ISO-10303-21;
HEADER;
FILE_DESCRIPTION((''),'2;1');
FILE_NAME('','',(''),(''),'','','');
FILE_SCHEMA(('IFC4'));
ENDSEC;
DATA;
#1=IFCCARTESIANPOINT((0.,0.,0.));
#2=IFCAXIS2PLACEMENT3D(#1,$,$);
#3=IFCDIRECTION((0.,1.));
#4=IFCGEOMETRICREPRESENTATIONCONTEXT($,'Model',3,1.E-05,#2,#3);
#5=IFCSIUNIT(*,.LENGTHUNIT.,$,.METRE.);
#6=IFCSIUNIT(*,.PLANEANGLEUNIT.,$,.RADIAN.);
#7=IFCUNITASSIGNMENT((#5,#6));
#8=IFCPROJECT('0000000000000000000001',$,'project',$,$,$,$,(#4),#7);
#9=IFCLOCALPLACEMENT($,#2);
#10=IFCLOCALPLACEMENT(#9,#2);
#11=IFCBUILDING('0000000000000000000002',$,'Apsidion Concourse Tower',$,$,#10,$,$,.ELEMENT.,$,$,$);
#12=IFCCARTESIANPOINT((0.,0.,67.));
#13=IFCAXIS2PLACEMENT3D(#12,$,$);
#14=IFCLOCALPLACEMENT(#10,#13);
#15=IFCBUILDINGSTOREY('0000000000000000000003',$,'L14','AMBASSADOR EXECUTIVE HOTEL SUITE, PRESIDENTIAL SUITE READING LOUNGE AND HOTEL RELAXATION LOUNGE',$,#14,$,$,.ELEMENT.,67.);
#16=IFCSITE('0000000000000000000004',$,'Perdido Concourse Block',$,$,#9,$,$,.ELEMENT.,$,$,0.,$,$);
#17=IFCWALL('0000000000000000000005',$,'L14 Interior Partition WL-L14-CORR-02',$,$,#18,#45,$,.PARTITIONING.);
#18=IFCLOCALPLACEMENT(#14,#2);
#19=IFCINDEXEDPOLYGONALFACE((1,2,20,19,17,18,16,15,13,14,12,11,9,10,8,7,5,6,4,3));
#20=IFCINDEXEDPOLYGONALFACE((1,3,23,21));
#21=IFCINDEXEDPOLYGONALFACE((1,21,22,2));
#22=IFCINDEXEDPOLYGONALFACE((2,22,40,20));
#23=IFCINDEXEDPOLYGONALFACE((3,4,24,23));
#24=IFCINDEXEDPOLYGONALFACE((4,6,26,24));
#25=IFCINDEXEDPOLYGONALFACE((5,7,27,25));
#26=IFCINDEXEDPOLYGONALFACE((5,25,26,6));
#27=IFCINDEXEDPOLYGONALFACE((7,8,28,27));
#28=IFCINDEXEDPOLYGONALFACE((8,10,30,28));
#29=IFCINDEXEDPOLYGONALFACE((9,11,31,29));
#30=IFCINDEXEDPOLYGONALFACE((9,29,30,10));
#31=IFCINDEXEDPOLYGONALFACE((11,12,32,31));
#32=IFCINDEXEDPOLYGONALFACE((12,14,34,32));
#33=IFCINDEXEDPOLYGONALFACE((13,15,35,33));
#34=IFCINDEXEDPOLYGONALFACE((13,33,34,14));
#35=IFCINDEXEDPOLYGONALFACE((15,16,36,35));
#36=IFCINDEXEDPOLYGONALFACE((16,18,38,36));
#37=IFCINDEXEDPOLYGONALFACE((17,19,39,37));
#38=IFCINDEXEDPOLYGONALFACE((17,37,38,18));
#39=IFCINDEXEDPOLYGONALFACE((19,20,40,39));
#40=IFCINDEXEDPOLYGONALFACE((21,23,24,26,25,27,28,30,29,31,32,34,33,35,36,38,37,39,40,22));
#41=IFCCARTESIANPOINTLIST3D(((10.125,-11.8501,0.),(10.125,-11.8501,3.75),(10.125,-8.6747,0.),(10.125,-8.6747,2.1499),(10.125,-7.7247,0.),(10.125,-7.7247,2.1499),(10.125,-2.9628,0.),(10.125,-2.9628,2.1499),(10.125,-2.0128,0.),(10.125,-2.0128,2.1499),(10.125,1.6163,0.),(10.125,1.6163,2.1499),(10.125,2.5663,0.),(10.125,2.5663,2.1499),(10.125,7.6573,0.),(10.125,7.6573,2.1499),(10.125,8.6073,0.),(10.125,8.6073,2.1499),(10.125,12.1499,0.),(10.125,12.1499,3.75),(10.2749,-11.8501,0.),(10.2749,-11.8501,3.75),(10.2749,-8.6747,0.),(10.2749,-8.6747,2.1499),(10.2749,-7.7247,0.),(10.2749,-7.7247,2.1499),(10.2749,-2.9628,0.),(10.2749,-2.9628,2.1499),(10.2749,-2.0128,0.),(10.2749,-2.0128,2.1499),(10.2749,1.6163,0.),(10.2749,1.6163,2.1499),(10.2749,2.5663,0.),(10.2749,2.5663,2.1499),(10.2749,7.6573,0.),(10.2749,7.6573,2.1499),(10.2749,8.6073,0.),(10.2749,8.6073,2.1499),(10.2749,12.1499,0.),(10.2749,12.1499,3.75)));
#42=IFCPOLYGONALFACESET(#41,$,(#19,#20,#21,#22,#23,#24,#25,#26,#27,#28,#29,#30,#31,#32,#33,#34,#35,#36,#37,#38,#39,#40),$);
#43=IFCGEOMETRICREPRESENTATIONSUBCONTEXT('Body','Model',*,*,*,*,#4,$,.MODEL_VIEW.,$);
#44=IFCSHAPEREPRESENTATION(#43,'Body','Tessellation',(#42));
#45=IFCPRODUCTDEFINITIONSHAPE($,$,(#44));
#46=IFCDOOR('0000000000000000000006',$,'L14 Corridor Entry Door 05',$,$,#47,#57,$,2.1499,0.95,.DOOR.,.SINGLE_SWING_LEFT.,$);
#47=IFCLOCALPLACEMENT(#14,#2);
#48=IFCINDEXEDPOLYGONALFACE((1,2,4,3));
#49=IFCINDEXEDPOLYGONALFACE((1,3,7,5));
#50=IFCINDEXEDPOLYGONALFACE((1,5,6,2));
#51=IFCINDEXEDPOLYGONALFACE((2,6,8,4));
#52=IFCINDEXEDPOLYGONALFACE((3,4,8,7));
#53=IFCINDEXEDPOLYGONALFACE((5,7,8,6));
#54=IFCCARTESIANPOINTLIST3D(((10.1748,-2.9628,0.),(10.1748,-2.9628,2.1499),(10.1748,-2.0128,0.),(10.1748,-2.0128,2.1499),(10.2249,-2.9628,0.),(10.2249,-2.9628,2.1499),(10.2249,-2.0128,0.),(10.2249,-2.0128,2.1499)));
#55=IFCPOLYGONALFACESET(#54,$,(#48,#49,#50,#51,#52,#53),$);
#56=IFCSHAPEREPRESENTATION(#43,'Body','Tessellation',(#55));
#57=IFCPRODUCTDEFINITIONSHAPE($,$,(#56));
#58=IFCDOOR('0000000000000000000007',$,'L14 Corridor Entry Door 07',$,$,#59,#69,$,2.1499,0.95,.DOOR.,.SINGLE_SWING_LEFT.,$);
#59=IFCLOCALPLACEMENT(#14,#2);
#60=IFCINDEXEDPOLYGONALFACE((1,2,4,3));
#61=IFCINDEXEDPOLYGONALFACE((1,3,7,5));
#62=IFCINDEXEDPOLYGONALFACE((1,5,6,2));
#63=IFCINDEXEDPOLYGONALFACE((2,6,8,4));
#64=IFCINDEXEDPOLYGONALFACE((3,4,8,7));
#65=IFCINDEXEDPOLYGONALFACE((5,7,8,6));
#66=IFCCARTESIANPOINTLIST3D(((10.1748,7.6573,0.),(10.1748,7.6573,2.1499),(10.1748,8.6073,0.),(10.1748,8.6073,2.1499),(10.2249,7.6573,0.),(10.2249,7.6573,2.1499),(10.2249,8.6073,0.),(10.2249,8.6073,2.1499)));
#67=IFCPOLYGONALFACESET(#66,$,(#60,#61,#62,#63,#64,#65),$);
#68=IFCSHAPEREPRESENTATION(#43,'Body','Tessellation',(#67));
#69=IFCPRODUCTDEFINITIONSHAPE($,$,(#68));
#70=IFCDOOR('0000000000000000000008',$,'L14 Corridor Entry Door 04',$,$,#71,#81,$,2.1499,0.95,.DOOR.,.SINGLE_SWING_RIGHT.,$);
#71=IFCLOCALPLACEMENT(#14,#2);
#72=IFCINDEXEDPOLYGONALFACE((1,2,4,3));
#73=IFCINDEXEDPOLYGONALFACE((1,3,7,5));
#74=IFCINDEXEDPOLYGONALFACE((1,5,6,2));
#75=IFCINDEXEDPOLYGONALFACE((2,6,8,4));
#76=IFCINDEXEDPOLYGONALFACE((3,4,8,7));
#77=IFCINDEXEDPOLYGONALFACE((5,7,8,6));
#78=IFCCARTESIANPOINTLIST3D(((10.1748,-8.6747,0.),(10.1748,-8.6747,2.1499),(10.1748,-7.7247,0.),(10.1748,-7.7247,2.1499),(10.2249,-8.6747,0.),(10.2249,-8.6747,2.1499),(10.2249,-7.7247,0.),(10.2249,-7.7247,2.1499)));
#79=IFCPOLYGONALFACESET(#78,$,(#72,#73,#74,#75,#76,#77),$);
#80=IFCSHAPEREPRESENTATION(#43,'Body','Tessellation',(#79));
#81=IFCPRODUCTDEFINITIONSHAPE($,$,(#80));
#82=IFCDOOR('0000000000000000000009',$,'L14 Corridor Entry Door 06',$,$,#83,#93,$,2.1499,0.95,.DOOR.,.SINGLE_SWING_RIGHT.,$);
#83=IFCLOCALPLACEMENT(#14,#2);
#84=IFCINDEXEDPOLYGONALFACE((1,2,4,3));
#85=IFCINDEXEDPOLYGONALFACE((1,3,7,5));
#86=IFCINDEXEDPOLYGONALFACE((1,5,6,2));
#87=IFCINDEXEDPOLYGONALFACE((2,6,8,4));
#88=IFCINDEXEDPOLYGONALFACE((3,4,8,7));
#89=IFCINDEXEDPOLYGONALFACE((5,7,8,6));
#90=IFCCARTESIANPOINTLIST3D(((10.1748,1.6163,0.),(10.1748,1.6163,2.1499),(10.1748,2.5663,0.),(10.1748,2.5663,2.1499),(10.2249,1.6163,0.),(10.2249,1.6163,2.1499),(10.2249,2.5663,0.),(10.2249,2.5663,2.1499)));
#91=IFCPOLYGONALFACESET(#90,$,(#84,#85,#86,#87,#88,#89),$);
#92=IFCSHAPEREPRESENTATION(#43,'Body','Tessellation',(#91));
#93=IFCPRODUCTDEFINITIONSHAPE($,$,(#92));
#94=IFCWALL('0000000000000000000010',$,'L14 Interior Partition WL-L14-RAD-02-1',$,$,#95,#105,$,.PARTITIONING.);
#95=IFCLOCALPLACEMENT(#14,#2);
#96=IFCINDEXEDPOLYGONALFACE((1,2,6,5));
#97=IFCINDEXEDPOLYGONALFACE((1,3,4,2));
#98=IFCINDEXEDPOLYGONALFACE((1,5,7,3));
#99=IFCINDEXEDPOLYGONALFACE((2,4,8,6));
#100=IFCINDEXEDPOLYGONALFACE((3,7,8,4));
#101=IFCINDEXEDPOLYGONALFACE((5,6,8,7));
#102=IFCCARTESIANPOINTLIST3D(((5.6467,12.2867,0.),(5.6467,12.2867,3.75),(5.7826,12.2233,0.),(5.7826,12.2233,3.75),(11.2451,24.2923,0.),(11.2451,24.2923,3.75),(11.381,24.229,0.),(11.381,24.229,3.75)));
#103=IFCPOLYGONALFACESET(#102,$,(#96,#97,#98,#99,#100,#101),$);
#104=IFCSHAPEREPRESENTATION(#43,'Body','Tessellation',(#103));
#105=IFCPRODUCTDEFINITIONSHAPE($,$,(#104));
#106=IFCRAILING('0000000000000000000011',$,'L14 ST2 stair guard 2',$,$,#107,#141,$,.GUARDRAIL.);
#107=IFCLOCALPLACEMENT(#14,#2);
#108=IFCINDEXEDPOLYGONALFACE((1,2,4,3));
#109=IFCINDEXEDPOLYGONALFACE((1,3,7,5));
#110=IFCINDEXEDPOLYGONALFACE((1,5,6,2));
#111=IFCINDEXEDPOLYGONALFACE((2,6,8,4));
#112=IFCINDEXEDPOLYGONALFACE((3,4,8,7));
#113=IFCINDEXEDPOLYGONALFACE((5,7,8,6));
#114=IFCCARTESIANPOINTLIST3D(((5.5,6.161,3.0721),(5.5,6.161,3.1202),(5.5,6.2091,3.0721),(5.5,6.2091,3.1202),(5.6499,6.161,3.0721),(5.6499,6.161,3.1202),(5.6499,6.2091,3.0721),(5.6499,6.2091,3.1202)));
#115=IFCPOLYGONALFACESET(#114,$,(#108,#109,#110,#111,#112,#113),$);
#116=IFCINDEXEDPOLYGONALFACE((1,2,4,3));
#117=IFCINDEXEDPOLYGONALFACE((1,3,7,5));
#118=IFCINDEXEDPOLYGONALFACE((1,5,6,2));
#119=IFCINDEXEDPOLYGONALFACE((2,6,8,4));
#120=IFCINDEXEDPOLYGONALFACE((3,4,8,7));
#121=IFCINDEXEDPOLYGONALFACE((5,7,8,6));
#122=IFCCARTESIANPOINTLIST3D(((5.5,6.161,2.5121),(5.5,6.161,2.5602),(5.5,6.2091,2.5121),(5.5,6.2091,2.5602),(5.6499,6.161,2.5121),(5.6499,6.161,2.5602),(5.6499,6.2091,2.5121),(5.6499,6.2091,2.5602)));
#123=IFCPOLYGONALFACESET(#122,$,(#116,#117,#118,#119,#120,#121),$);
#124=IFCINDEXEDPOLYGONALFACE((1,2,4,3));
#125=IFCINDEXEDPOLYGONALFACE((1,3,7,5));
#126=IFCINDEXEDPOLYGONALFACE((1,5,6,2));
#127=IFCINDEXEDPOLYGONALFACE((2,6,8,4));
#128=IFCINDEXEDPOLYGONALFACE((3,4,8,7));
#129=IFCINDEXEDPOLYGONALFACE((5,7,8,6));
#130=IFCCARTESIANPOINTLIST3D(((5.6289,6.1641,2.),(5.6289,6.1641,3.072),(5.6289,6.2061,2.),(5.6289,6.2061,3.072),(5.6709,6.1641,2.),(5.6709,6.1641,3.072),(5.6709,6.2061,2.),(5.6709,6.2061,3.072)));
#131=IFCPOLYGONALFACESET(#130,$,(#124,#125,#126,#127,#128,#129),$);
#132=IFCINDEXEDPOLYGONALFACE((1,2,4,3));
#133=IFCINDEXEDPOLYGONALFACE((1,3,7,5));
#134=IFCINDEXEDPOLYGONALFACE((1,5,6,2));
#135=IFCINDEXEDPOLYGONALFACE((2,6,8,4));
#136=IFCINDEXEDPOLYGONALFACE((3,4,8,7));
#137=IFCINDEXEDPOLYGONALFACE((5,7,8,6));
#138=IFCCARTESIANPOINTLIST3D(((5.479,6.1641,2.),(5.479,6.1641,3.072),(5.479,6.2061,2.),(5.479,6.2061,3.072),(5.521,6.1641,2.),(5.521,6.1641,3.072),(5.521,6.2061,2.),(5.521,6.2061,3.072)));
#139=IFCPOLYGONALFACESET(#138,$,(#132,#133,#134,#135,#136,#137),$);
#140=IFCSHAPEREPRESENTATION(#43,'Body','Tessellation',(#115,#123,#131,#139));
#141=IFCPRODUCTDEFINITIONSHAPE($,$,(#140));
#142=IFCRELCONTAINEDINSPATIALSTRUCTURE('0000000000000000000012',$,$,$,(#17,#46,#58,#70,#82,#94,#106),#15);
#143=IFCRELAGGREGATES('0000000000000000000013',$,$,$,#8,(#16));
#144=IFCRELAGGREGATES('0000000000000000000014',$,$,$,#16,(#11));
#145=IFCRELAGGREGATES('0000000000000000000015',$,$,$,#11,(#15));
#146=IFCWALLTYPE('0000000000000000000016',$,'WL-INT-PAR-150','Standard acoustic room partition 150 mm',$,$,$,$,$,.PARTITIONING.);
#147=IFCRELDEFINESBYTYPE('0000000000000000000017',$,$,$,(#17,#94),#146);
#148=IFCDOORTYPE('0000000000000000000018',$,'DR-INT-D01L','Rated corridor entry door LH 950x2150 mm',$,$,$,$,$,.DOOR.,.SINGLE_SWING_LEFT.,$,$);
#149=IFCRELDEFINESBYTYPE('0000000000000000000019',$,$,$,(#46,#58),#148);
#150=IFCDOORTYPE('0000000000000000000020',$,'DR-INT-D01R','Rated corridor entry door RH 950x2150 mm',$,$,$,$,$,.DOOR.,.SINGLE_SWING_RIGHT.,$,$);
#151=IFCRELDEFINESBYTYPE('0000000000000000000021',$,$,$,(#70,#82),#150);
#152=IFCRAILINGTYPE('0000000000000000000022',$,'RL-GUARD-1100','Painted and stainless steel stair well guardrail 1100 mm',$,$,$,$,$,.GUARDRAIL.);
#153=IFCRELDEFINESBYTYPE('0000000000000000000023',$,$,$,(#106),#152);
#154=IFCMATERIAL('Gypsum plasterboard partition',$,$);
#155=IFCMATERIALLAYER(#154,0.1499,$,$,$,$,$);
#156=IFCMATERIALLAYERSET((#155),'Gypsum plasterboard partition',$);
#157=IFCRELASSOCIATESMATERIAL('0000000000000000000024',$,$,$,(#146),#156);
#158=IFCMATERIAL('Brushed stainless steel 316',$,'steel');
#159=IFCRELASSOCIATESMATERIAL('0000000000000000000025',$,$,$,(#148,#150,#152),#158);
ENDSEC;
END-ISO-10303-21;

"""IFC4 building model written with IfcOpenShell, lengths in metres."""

from ifc_helpers import new_model, si_unit, direction, frame, frame_2d, origin, origin_2d, place, context, subcontext, project, spatial, rectangle, extrude, material, layer, layer_set, type_object, element, fill, save


model = new_model("IFC4")

# Units and contexts
model_context = context("Model", 3, precision=1e-05, world=origin(), true_north=direction((0.0, 1.0)))
body_context = subcontext(model_context, "Body", "Model", "MODEL_VIEW")
ifc_project = project(units=[si_unit("LENGTHUNIT", "METRE"), si_unit("PLANEANGLEUNIT", "RADIAN")], contexts=[model_context])

# Site, building, storey
site_placement = place(None, origin())
site = spatial("IfcSite", under=ifc_project, at=site_placement, Name="Perdido Concourse Block", CompositionType="ELEMENT", RefElevation=0.0)
building_placement = place(site_placement, origin())
building = spatial("IfcBuilding", under=site, at=building_placement, Name="Apsidion Concourse Tower", CompositionType="ELEMENT")
storey_placement = place(building_placement, frame((0.0, 0.0, 67.0)))
storey = spatial("IfcBuildingStorey", under=building, at=storey_placement, Name="L14", Description="AMBASSADOR EXECUTIVE HOTEL SUITE, PRESIDENTIAL SUITE READING LOUNGE AND HOTEL RELAXATION LOUNGE", CompositionType="ELEMENT", Elevation=67.0)

# Shared definitions
ifc_material_1 = material(Name="Gypsum plasterboard partition")

# Wall, openings, doors
ifc_layer_1 = layer(ifc_material_1, 0.1499)
ifc_layer_set_1 = layer_set([ifc_layer_1], Name="Gypsum plasterboard partition")
wall_type_1 = type_object("IfcWallType", Name="WL-INT-PAR-150", Description="Standard acoustic room partition 150 mm", PredefinedType="PARTITIONING", material=ifc_layer_set_1)
wall_1_placement = place(storey_placement, frame((10.2, 12.1499, 0.0), z_axis=(0.0, 0.0, 1.0), x_axis=(0.0, -1.0, 0.0)))
wall_1 = element("IfcWall", 1, at=wall_1_placement, inside=storey, type_object=wall_type_1, Name="L14 Interior Partition WL-L14-CORR-02", PredefinedType="PARTITIONING", context=body_context, shape_type="SweptSolid", body=[
    extrude(rectangle(XDim=24.0, YDim=0.1499, at=frame_2d((12.0, 0.0))), origin(), (0.0, 0.0, 1.0), 3.75),
])
opening_1_placement = place(wall_1_placement, frame((19.8745, 0.0, 0.0)))
opening_1 = element("IfcOpeningElement", 2, at=opening_1_placement, cuts=wall_1, PredefinedType="OPENING", context=body_context, shape_type="SweptSolid", body=[
    extrude(rectangle(XDim=0.95, YDim=2.1499, at=frame_2d((0.4751, 1.075))), frame((0.0, 0.085, 0.0), z_axis=(0.0, -1.0, 0.0), x_axis=(1.0, 0.0, 0.0)), (0.0, 0.0, 1.0), 0.1699),
])
opening_2_placement = place(wall_1_placement, frame((14.1626, 0.0, 0.0)))
opening_2 = element("IfcOpeningElement", 3, at=opening_2_placement, cuts=wall_1, PredefinedType="OPENING", context=body_context, shape_type="SweptSolid", body=[
    extrude(rectangle(XDim=0.95, YDim=2.1499, at=frame_2d((0.4751, 1.075))), frame((0.0, 0.085, 0.0), z_axis=(0.0, -1.0, 0.0), x_axis=(1.0, 0.0, 0.0)), (0.0, 0.0, 1.0), 0.1699),
])
opening_3_placement = place(wall_1_placement, frame((9.5835, 0.0, 0.0)))
opening_3 = element("IfcOpeningElement", 4, at=opening_3_placement, cuts=wall_1, PredefinedType="OPENING", context=body_context, shape_type="SweptSolid", body=[
    extrude(rectangle(XDim=0.95, YDim=2.1499, at=frame_2d((0.4751, 1.075))), frame((0.0, 0.085, 0.0), z_axis=(0.0, -1.0, 0.0), x_axis=(1.0, 0.0, 0.0)), (0.0, 0.0, 1.0), 0.1699),
])
opening_4_placement = place(wall_1_placement, frame((3.5425, 0.0, 0.0)))
opening_4 = element("IfcOpeningElement", 5, at=opening_4_placement, cuts=wall_1, PredefinedType="OPENING", context=body_context, shape_type="SweptSolid", body=[
    extrude(rectangle(XDim=0.95, YDim=2.1499, at=frame_2d((0.4751, 1.075))), frame((0.0, 0.085, 0.0), z_axis=(0.0, -1.0, 0.0), x_axis=(1.0, 0.0, 0.0)), (0.0, 0.0, 1.0), 0.1699),
])
ifc_material_2 = material(Name="Brushed stainless steel 316", Category="steel")
door_type_1 = type_object("IfcDoorType", Name="DR-INT-D01L", Description="Rated corridor entry door LH 950x2150 mm", OperationType="SINGLE_SWING_LEFT", PredefinedType="DOOR", material=ifc_material_2)
door_1_placement = place(opening_2_placement, origin())
door_1 = element("IfcDoor", 6, at=door_1_placement, inside=storey, type_object=door_type_1, Name="L14 Corridor Entry Door 05", OperationType="SINGLE_SWING_LEFT", OverallHeight=2.1499, OverallWidth=0.95, PredefinedType="DOOR", context=body_context, shape_type="SweptSolid", body=[
    extrude(rectangle(XDim=0.95, YDim=2.1499, at=frame_2d((0.4751, 1.075))), frame((0.0, 0.0249, 0.0), z_axis=(0.0, -1.0, 0.0), x_axis=(1.0, 0.0, 0.0)), (0.0, 0.0, 1.0), 0.05),
])
fill(opening_2, door_1)
door_2_placement = place(opening_4_placement, origin())
door_2 = element("IfcDoor", 7, at=door_2_placement, inside=storey, type_object=door_type_1, Name="L14 Corridor Entry Door 07", OperationType="SINGLE_SWING_LEFT", OverallHeight=2.1499, OverallWidth=0.95, PredefinedType="DOOR", context=body_context, shape_type="SweptSolid", body=[
    extrude(rectangle(XDim=0.95, YDim=2.1499, at=frame_2d((0.4751, 1.075))), frame((0.0, 0.0249, 0.0), z_axis=(0.0, -1.0, 0.0), x_axis=(1.0, 0.0, 0.0)), (0.0, 0.0, 1.0), 0.05),
])
fill(opening_4, door_2)
door_type_2 = type_object("IfcDoorType", Name="DR-INT-D01R", Description="Rated corridor entry door RH 950x2150 mm", OperationType="SINGLE_SWING_RIGHT", PredefinedType="DOOR", material=ifc_material_2)
door_3_placement = place(opening_1_placement, origin())
door_3 = element("IfcDoor", 8, at=door_3_placement, inside=storey, type_object=door_type_2, Name="L14 Corridor Entry Door 04", OperationType="SINGLE_SWING_RIGHT", OverallHeight=2.1499, OverallWidth=0.95, PredefinedType="DOOR", context=body_context, shape_type="SweptSolid", body=[
    extrude(rectangle(XDim=0.95, YDim=2.1499, at=frame_2d((0.4751, 1.075))), frame((0.0, 0.0249, 0.0), z_axis=(0.0, -1.0, 0.0), x_axis=(1.0, 0.0, 0.0)), (0.0, 0.0, 1.0), 0.05),
])
fill(opening_1, door_3)
door_4_placement = place(opening_3_placement, origin())
door_4 = element("IfcDoor", 9, at=door_4_placement, inside=storey, type_object=door_type_2, Name="L14 Corridor Entry Door 06", OperationType="SINGLE_SWING_RIGHT", OverallHeight=2.1499, OverallWidth=0.95, PredefinedType="DOOR", context=body_context, shape_type="SweptSolid", body=[
    extrude(rectangle(XDim=0.95, YDim=2.1499, at=frame_2d((0.4751, 1.075))), frame((0.0, 0.0249, 0.0), z_axis=(0.0, -1.0, 0.0), x_axis=(1.0, 0.0, 0.0)), (0.0, 0.0, 1.0), 0.05),
])
fill(opening_3, door_4)

# Wall
wall_2_placement = place(storey_placement, frame((5.7146, 12.2549, 0.0), z_axis=(0.0, 0.0, 1.0), x_axis=(0.422623, 0.906306, 0.0)))
element("IfcWall", 10, at=wall_2_placement, inside=storey, type_object=wall_type_1, Name="L14 Interior Partition WL-L14-RAD-02-1", PredefinedType="PARTITIONING", context=body_context, shape_type="SweptSolid", body=[
    extrude(rectangle(XDim=13.2468, YDim=0.1499, at=frame_2d((6.6235, 0.0))), origin(), (0.0, 0.0, 1.0), 3.75),
])

# Railing
railing_type_1 = type_object("IfcRailingType", Name="RL-GUARD-1100", Description="Painted and stainless steel stair well guardrail 1100 mm", PredefinedType="GUARDRAIL", material=ifc_material_2)
railing_1_placement = place(storey_placement, frame((5.6499, 6.1851, 2.0)))
element("IfcRailing", 11, at=railing_1_placement, inside=storey, type_object=railing_type_1, Name="L14 ST2 stair guard 2", PredefinedType="GUARDRAIL", context=body_context, shape_type="SweptSolid", body=[
    extrude(rectangle(XDim=0.0481, YDim=0.0481, at=origin_2d()), frame((0.0, 0.0, 1.0962), z_axis=(-1.0, 0.0, 0.0), x_axis=(0.0, -1.0, 0.0)), (0.0, 0.0, 1.0), 0.1499),
    extrude(rectangle(XDim=0.0481, YDim=0.0481, at=origin_2d()), frame((0.0, 0.0, 0.5361), z_axis=(-1.0, 0.0, 0.0), x_axis=(0.0, -1.0, 0.0)), (0.0, 0.0, 1.0), 0.1499),
    extrude(rectangle(XDim=0.042, YDim=0.042, at=origin_2d()), origin(), (0.0, 0.0, 1.0), 1.072),
    extrude(rectangle(XDim=0.042, YDim=0.042, at=origin_2d()), frame((-0.1499, 0.0, 0.0)), (0.0, 0.0, 1.0), 1.072),
])

save(model, "model.ifc")
